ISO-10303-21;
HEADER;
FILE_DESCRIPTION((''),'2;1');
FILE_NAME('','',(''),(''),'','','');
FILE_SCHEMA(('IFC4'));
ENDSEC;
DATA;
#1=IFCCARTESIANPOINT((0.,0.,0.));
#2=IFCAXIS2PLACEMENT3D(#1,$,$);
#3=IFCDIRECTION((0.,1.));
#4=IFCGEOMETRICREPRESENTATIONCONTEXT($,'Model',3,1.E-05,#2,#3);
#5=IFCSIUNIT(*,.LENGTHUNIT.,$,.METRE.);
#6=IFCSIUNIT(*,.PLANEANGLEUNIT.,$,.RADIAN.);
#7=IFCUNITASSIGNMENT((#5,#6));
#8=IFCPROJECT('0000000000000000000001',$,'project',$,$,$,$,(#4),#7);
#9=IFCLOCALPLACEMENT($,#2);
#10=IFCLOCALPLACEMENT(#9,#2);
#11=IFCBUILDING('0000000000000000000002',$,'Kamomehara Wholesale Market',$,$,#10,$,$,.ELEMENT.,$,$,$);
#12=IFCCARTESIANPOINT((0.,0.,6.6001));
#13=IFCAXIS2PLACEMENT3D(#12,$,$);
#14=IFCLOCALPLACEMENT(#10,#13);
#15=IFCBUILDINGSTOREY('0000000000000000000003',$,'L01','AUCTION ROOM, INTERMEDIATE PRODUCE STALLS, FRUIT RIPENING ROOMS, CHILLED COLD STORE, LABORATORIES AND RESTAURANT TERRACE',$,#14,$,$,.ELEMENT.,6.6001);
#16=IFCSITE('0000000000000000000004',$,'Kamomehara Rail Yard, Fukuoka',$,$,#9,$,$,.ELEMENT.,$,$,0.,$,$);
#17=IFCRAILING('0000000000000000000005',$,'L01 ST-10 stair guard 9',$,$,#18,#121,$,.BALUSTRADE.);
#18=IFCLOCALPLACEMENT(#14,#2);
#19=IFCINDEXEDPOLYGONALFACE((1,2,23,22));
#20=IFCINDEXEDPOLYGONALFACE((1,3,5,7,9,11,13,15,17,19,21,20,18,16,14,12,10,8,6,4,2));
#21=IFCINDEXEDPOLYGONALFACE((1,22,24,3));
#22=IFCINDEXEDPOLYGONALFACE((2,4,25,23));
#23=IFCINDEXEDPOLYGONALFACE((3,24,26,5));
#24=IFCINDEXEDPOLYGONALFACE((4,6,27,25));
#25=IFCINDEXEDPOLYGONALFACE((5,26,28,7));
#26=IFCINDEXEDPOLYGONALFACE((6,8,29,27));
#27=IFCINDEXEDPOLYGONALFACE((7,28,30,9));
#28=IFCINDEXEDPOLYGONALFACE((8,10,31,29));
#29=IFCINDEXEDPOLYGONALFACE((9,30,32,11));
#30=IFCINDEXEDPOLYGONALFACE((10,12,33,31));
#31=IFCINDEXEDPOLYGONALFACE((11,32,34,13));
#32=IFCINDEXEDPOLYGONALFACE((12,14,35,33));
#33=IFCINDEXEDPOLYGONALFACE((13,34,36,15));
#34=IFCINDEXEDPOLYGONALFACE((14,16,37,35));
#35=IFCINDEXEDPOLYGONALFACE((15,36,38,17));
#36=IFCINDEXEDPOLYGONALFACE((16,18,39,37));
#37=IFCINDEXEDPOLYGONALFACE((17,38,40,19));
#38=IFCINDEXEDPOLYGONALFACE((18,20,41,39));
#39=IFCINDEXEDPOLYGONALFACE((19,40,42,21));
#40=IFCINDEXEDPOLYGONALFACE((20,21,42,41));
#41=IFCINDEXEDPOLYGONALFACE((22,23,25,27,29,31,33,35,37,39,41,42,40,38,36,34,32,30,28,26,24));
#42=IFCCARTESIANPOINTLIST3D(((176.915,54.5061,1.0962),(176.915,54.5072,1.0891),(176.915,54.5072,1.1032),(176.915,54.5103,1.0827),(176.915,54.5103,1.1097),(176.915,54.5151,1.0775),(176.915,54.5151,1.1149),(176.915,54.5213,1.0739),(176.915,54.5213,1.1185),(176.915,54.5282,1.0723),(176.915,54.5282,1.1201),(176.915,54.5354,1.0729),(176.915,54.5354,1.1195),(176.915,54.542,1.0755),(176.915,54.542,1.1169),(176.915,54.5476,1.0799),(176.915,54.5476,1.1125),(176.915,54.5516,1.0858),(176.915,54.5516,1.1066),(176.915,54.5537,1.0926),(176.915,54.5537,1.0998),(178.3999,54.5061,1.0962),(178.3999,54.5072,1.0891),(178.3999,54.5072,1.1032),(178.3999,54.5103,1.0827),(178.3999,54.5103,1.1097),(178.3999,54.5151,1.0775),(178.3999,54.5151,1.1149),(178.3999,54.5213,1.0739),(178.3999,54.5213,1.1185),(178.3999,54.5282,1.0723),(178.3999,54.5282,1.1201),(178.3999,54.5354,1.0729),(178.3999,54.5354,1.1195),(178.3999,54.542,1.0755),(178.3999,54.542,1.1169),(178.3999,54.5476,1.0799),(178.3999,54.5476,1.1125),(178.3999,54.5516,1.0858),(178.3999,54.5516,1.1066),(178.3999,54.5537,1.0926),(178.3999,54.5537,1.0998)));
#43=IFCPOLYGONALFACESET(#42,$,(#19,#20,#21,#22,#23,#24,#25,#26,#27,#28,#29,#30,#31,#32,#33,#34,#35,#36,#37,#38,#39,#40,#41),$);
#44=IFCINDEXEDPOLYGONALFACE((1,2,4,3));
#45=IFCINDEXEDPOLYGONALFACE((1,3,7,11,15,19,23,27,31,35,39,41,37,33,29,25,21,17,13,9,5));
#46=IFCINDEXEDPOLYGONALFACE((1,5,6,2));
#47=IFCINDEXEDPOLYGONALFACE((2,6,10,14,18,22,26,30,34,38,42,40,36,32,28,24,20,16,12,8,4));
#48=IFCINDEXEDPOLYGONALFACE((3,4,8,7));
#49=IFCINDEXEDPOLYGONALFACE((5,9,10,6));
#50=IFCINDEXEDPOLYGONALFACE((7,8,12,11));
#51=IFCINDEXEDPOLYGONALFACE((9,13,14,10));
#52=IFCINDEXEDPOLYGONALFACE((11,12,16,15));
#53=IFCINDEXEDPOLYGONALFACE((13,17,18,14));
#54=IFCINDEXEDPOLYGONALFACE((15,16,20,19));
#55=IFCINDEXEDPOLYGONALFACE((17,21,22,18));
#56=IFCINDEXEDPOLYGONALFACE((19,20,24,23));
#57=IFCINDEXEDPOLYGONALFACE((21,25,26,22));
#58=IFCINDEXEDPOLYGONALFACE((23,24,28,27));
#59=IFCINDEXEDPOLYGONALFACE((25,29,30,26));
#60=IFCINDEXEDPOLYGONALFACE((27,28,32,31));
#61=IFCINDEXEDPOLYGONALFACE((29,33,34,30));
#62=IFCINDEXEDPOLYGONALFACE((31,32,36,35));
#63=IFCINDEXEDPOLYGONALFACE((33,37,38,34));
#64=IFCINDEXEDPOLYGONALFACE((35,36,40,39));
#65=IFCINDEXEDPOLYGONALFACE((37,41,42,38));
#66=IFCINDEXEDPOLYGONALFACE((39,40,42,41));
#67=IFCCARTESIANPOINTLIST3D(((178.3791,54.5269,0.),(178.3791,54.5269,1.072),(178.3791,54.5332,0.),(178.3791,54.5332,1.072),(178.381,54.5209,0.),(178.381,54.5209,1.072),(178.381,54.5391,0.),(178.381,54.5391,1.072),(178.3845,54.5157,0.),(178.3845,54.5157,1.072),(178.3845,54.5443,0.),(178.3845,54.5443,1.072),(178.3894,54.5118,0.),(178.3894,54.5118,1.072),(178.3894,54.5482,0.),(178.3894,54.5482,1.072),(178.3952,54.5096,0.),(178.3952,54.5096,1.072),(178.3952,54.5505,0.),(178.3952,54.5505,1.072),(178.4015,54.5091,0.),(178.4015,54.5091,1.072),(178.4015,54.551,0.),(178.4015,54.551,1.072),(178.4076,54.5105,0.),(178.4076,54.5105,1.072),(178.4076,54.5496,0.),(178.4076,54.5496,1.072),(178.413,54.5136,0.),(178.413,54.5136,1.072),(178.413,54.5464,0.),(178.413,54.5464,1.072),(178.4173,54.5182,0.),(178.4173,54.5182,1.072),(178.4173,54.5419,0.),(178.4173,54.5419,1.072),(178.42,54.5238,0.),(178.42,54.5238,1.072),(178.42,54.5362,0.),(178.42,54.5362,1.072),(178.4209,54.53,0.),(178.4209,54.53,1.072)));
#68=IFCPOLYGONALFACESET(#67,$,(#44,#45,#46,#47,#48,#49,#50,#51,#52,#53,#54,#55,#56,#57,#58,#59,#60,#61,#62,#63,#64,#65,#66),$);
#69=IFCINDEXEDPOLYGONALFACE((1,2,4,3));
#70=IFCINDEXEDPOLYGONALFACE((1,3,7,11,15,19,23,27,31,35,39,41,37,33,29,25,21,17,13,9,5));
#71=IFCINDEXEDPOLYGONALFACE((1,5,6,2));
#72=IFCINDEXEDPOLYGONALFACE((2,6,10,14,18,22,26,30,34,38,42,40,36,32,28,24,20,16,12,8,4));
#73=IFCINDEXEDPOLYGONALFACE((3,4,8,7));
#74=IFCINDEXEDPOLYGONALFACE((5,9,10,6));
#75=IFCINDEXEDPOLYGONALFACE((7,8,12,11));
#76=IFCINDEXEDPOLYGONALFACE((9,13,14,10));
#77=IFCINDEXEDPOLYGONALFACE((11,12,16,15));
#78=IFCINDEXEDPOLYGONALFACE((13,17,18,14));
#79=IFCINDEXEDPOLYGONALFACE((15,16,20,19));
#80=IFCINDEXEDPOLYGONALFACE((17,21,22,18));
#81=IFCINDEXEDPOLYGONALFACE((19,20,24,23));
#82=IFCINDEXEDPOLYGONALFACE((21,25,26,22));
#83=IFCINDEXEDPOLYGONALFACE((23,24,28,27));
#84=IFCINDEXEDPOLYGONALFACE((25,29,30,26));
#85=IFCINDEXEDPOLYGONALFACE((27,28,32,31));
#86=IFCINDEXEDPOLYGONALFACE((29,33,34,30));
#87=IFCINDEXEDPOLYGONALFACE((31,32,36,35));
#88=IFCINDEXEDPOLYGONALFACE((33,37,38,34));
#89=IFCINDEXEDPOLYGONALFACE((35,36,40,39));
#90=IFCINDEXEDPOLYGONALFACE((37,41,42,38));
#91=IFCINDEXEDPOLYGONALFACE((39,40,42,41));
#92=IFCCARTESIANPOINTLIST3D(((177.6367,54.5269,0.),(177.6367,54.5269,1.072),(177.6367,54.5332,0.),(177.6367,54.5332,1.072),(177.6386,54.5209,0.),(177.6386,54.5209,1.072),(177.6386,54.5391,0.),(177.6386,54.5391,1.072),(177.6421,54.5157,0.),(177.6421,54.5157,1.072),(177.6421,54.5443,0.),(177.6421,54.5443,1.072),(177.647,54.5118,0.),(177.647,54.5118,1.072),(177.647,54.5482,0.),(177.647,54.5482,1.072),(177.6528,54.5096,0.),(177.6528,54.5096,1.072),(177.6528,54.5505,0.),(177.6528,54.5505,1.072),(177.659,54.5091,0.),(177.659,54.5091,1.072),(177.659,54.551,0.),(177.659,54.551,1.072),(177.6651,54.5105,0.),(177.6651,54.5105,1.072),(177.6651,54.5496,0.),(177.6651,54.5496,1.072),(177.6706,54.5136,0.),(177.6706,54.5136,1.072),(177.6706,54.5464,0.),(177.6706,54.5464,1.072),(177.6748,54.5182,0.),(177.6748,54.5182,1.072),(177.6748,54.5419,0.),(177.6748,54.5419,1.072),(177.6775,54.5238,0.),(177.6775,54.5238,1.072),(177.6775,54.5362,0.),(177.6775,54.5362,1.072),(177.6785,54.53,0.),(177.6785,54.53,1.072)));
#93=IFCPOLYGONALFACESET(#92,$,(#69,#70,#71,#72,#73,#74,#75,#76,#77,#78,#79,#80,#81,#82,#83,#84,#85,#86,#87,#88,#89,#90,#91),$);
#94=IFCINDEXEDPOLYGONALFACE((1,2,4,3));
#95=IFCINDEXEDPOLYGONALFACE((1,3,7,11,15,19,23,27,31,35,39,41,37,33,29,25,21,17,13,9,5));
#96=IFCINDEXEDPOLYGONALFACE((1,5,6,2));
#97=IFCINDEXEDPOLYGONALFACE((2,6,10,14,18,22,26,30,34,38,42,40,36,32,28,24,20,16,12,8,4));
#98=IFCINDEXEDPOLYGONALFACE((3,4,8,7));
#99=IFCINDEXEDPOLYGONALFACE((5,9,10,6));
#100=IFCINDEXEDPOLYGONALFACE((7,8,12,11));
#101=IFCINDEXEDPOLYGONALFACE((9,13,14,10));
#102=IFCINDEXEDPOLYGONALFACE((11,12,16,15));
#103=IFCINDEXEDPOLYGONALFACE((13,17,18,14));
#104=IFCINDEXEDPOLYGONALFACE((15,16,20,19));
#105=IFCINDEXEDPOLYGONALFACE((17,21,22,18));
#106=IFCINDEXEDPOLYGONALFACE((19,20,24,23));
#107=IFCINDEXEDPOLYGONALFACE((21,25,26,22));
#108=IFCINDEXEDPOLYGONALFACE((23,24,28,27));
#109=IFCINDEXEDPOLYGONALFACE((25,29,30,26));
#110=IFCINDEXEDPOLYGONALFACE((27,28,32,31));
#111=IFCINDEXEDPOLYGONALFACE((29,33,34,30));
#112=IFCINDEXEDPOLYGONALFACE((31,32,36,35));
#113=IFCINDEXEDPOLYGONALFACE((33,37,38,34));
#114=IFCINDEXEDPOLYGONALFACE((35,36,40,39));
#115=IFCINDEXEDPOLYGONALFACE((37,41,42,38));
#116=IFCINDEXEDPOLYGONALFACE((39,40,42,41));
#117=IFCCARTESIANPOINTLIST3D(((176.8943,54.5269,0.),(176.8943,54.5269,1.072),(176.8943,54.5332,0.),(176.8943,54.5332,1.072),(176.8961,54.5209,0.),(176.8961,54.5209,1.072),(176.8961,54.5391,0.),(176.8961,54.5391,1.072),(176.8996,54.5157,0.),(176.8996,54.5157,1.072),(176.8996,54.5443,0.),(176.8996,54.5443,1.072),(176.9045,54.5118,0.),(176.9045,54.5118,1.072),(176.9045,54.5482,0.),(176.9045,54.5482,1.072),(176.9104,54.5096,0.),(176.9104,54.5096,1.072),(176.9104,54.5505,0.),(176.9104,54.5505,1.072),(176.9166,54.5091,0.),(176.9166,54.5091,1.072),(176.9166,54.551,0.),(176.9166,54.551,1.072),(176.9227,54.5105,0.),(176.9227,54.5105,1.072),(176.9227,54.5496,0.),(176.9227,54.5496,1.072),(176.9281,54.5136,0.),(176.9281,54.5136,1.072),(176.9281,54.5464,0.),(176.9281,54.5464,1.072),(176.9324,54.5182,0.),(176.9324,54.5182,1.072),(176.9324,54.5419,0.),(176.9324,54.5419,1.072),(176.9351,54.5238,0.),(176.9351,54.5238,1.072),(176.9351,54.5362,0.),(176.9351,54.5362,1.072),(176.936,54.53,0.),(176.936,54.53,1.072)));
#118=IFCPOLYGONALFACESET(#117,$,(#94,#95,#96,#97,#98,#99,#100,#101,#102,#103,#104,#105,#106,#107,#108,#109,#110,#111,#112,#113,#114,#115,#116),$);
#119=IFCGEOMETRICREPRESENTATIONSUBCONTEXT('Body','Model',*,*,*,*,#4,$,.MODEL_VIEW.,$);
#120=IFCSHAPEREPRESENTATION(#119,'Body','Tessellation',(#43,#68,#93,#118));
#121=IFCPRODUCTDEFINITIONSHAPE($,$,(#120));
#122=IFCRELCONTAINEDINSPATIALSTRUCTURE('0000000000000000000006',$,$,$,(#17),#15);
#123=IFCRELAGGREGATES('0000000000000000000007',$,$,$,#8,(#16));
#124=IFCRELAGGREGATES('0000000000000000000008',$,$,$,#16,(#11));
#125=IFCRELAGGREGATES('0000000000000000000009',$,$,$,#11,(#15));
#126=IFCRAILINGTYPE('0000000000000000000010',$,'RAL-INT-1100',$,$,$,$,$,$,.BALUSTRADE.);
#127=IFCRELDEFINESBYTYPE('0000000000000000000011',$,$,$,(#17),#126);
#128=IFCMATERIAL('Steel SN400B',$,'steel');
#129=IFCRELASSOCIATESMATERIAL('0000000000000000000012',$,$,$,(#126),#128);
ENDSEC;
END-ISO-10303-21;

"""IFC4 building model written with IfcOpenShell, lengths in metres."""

from ifc_helpers import new_model, si_unit, direction, frame, origin, origin_2d, place, context, subcontext, project, spatial, circle, extrude, material, type_object, element, save


model = new_model("IFC4")

# Units and contexts
model_context = context("Model", 3, precision=1e-05, world=origin(), true_north=direction((0.0, 1.0)))
body_context = subcontext(model_context, "Body", "Model", "MODEL_VIEW")
ifc_project = project(units=[si_unit("LENGTHUNIT", "METRE"), si_unit("PLANEANGLEUNIT", "RADIAN")], contexts=[model_context])

# Site, building, storey
site_placement = place(None, origin())
site = spatial("IfcSite", under=ifc_project, at=site_placement, Name="Kamomehara Rail Yard, Fukuoka", CompositionType="ELEMENT", RefElevation=0.0)
building_placement = place(site_placement, origin())
building = spatial("IfcBuilding", under=site, at=building_placement, Name="Kamomehara Wholesale Market", CompositionType="ELEMENT")
storey_placement = place(building_placement, frame((0.0, 0.0, 6.6001)))
storey = spatial("IfcBuildingStorey", under=building, at=storey_placement, Name="L01", Description="AUCTION ROOM, INTERMEDIATE PRODUCE STALLS, FRUIT RIPENING ROOMS, CHILLED COLD STORE, LABORATORIES AND RESTAURANT TERRACE", CompositionType="ELEMENT", Elevation=6.6001)

# Railing
ifc_material_1 = material(Name="Steel SN400B", Category="steel")
railing_type_1 = type_object("IfcRailingType", Name="RAL-INT-1100", PredefinedType="BALUSTRADE", material=ifc_material_1)
for number, where, name in (
    (1, (178.3999, 54.53, 0.0), "L01 ST-10 stair guard 9"),
):
    element("IfcRailing", number, at=place(storey_placement, frame(where)), inside=storey, type_object=railing_type_1, Name=name, PredefinedType="BALUSTRADE", context=body_context, shape_type="SweptSolid", body=[
        extrude(circle(Radius=0.0239, at=origin_2d()), frame((0.0, 0.0, 1.0962), z_axis=(-1.0, 0.0, 0.0), x_axis=(0.0, -1.0, 0.0)), (0.0, 0.0, 1.0), 1.4849),
        extrude(circle(Radius=0.021, at=origin_2d()), origin(), (0.0, 0.0, 1.0), 1.072),
        extrude(circle(Radius=0.021, at=origin_2d()), frame((-0.7424, 0.0, 0.0)), (0.0, 0.0, 1.0), 1.072),
        extrude(circle(Radius=0.021, at=origin_2d()), frame((-1.4849, 0.0, 0.0)), (0.0, 0.0, 1.0), 1.072),
    ])

save(model, "model.ifc")
